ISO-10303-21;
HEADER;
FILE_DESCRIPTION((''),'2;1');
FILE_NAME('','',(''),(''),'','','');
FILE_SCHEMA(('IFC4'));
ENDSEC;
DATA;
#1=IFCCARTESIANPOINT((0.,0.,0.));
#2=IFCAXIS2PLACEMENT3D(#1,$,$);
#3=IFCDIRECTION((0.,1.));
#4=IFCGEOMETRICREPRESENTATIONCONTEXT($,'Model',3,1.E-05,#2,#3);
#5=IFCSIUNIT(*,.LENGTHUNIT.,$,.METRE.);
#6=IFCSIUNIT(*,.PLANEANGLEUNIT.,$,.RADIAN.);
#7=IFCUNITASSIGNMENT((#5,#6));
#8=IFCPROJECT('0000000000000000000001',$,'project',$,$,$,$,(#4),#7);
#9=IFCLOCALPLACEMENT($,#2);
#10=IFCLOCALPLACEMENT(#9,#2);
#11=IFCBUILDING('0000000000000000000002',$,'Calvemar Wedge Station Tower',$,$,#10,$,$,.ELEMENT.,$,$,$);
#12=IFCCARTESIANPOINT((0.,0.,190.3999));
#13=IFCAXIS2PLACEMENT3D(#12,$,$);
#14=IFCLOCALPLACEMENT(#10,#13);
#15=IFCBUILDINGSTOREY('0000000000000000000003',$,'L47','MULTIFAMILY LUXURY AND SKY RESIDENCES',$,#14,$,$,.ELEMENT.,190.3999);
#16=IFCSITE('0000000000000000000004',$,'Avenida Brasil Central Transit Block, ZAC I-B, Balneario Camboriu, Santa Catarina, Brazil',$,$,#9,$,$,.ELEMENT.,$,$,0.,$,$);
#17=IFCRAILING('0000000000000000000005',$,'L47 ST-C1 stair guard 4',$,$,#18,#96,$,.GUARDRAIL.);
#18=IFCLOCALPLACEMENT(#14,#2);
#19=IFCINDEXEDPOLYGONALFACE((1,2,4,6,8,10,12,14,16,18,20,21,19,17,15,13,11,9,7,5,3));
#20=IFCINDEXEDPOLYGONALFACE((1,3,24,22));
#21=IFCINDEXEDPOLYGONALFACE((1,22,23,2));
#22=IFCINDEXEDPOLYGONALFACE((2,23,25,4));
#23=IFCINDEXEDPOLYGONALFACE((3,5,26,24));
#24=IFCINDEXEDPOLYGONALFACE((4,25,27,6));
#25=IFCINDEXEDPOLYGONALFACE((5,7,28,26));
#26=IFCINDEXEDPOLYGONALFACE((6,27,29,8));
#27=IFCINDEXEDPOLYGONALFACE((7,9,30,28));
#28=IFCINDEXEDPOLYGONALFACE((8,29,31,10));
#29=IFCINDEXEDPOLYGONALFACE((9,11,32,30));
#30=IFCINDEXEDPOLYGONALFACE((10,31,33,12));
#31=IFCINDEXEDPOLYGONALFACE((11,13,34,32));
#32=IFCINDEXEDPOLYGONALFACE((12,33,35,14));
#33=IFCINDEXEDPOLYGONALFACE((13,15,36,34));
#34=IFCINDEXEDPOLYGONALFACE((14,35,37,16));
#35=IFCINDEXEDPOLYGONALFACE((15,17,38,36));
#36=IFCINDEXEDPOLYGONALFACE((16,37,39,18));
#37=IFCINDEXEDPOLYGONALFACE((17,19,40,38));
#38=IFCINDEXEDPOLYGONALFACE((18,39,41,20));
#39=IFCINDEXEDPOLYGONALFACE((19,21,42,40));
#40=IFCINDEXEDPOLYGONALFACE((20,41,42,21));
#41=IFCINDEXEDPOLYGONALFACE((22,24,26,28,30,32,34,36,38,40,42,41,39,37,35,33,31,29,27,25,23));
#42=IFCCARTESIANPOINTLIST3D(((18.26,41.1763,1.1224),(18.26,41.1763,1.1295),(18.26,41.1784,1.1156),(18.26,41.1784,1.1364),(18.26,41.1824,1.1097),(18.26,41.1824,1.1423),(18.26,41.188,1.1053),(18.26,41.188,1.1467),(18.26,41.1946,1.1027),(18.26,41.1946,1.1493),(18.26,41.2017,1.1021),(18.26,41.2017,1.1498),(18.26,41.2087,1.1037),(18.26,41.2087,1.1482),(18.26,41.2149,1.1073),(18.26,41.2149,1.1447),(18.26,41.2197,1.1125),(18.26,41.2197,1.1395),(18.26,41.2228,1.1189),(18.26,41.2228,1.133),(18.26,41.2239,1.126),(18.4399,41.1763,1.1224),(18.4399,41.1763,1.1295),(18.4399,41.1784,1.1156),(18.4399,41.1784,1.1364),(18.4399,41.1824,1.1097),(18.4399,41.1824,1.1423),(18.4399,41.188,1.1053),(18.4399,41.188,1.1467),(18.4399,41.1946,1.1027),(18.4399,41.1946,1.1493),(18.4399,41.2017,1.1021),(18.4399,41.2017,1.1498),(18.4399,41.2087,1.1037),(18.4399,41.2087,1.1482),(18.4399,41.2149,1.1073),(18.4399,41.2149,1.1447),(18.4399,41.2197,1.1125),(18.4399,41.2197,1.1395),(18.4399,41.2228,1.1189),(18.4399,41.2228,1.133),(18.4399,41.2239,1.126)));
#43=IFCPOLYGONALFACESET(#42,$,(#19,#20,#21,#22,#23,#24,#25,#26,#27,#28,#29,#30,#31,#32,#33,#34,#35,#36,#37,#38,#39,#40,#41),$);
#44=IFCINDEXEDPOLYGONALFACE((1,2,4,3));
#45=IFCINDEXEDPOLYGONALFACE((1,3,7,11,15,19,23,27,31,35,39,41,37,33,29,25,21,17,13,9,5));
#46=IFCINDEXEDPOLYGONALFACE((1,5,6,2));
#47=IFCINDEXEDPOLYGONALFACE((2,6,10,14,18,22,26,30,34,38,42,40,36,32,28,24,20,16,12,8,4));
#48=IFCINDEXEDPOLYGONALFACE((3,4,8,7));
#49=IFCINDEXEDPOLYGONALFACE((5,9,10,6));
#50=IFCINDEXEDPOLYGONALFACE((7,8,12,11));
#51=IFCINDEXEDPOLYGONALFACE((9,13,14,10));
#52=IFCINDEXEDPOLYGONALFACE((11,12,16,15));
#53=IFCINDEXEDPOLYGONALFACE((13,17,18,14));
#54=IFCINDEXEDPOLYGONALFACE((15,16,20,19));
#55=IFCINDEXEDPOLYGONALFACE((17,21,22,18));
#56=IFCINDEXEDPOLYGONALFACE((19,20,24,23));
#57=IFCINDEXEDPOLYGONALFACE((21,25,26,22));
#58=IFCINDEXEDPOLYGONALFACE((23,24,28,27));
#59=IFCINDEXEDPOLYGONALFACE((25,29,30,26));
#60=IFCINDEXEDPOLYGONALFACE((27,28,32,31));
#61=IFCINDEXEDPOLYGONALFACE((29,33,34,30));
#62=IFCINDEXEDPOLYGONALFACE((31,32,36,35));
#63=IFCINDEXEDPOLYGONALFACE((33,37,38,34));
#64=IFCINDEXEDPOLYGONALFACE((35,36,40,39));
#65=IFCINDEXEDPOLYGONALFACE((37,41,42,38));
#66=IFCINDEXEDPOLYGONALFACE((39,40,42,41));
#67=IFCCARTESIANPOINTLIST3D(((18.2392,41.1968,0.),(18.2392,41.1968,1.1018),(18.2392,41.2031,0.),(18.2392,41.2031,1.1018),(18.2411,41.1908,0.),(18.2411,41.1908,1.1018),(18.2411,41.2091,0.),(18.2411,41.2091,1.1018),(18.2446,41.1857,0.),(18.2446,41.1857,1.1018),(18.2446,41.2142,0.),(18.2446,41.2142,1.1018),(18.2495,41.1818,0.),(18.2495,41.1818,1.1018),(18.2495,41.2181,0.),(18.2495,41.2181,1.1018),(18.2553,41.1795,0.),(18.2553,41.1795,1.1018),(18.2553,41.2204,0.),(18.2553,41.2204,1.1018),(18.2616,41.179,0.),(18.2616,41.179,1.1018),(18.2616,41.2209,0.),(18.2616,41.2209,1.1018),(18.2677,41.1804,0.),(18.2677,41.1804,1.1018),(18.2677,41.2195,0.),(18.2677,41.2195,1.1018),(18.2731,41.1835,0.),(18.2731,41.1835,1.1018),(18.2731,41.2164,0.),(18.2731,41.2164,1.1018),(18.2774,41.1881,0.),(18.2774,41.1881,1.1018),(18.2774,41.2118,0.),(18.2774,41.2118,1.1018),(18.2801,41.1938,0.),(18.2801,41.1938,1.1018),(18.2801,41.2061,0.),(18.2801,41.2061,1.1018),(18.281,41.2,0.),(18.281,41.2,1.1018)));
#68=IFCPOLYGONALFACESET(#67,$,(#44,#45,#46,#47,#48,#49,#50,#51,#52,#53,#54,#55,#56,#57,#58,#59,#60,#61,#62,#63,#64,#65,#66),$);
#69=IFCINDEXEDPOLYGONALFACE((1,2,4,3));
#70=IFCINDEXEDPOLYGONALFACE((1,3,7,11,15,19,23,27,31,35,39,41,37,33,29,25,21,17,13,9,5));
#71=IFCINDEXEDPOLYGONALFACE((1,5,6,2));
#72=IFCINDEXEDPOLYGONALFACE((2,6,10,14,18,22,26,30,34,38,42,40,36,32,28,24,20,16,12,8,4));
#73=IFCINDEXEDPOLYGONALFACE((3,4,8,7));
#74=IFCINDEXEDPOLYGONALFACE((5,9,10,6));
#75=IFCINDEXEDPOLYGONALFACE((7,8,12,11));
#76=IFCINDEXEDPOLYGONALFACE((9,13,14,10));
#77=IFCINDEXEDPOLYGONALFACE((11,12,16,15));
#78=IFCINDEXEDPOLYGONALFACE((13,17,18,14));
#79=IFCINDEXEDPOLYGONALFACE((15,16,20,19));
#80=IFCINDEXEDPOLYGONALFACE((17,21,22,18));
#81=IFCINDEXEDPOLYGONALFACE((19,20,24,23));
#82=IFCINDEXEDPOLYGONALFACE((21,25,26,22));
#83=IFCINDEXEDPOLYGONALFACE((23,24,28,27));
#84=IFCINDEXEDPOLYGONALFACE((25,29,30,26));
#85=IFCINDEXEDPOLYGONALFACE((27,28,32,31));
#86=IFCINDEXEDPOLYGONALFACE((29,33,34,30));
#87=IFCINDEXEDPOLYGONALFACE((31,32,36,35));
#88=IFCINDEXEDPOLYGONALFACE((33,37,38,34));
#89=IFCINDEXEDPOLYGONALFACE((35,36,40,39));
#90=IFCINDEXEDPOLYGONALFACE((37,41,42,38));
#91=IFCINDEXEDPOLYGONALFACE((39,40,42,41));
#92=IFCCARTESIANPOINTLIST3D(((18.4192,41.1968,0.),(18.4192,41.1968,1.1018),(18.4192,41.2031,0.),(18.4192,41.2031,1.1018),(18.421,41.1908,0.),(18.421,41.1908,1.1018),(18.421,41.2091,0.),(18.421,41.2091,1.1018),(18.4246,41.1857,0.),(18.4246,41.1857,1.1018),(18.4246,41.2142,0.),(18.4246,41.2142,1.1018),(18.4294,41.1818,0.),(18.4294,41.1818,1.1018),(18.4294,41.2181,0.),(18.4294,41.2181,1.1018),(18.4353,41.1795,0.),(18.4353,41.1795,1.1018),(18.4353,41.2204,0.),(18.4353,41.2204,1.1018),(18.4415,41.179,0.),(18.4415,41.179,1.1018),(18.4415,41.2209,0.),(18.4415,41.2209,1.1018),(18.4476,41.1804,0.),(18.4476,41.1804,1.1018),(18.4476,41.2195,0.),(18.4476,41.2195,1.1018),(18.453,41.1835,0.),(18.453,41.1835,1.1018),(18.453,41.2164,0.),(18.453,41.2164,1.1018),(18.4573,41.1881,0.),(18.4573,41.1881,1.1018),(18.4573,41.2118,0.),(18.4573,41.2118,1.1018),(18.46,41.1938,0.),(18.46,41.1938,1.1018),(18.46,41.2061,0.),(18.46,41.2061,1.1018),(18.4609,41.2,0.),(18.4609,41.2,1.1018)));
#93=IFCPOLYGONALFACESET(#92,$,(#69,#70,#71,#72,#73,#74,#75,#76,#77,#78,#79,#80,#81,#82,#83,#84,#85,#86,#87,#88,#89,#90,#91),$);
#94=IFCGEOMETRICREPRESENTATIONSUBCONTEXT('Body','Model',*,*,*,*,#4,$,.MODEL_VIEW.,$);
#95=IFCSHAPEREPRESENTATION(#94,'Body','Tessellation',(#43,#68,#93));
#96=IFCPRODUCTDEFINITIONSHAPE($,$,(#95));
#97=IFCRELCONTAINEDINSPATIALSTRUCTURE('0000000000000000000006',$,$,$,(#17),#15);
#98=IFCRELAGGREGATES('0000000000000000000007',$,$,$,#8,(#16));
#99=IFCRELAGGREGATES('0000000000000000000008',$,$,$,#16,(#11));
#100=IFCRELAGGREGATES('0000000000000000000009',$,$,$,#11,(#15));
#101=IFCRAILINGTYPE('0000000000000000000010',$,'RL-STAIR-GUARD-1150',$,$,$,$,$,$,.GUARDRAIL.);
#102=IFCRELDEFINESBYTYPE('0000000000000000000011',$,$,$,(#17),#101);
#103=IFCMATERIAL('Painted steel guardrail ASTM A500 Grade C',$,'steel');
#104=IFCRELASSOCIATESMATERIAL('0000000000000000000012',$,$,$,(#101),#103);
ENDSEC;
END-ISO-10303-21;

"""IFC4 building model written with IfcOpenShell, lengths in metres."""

from ifc_helpers import new_model, si_unit, direction, frame, origin, origin_2d, place, context, subcontext, project, spatial, circle, extrude, material, type_object, element, save


model = new_model("IFC4")

# Units and contexts
model_context = context("Model", 3, precision=1e-05, world=origin(), true_north=direction((0.0, 1.0)))
body_context = subcontext(model_context, "Body", "Model", "MODEL_VIEW")
ifc_project = project(units=[si_unit("LENGTHUNIT", "METRE"), si_unit("PLANEANGLEUNIT", "RADIAN")], contexts=[model_context])

# Site, building, storey
site_placement = place(None, origin())
site = spatial("IfcSite", under=ifc_project, at=site_placement, Name="Avenida Brasil Central Transit Block, ZAC I-B, Balneario Camboriu, Santa Catarina, Brazil", CompositionType="ELEMENT", RefElevation=0.0)
building_placement = place(site_placement, origin())
building = spatial("IfcBuilding", under=site, at=building_placement, Name="Calvemar Wedge Station Tower", CompositionType="ELEMENT")
storey_placement = place(building_placement, frame((0.0, 0.0, 190.3999)))
storey = spatial("IfcBuildingStorey", under=building, at=storey_placement, Name="L47", Description="MULTIFAMILY LUXURY AND SKY RESIDENCES", CompositionType="ELEMENT", Elevation=190.3999)

# Railing
ifc_material_1 = material(Name="Painted steel guardrail ASTM A500 Grade C", Category="steel")
railing_type_1 = type_object("IfcRailingType", Name="RL-STAIR-GUARD-1150", PredefinedType="GUARDRAIL", material=ifc_material_1)
railing_1_placement = place(storey_placement, frame((18.26, 41.2, 0.0)))
element("IfcRailing", 1, at=railing_1_placement, inside=storey, type_object=railing_type_1, Name="L47 ST-C1 stair guard 4", PredefinedType="GUARDRAIL", context=body_context, shape_type="SweptSolid", body=[
    extrude(circle(Radius=0.0239, at=origin_2d()), frame((0.0, 0.0, 1.126), z_axis=(1.0, 0.0, 0.0), x_axis=(0.0, 1.0, 0.0)), (0.0, 0.0, 1.0), 0.1799),
    extrude(circle(Radius=0.021, at=origin_2d()), origin(), (0.0, 0.0, 1.0), 1.1018),
    extrude(circle(Radius=0.021, at=origin_2d()), frame((0.1799, 0.0, 0.0)), (0.0, 0.0, 1.0), 1.1018),
])

save(model, "model.ifc")
